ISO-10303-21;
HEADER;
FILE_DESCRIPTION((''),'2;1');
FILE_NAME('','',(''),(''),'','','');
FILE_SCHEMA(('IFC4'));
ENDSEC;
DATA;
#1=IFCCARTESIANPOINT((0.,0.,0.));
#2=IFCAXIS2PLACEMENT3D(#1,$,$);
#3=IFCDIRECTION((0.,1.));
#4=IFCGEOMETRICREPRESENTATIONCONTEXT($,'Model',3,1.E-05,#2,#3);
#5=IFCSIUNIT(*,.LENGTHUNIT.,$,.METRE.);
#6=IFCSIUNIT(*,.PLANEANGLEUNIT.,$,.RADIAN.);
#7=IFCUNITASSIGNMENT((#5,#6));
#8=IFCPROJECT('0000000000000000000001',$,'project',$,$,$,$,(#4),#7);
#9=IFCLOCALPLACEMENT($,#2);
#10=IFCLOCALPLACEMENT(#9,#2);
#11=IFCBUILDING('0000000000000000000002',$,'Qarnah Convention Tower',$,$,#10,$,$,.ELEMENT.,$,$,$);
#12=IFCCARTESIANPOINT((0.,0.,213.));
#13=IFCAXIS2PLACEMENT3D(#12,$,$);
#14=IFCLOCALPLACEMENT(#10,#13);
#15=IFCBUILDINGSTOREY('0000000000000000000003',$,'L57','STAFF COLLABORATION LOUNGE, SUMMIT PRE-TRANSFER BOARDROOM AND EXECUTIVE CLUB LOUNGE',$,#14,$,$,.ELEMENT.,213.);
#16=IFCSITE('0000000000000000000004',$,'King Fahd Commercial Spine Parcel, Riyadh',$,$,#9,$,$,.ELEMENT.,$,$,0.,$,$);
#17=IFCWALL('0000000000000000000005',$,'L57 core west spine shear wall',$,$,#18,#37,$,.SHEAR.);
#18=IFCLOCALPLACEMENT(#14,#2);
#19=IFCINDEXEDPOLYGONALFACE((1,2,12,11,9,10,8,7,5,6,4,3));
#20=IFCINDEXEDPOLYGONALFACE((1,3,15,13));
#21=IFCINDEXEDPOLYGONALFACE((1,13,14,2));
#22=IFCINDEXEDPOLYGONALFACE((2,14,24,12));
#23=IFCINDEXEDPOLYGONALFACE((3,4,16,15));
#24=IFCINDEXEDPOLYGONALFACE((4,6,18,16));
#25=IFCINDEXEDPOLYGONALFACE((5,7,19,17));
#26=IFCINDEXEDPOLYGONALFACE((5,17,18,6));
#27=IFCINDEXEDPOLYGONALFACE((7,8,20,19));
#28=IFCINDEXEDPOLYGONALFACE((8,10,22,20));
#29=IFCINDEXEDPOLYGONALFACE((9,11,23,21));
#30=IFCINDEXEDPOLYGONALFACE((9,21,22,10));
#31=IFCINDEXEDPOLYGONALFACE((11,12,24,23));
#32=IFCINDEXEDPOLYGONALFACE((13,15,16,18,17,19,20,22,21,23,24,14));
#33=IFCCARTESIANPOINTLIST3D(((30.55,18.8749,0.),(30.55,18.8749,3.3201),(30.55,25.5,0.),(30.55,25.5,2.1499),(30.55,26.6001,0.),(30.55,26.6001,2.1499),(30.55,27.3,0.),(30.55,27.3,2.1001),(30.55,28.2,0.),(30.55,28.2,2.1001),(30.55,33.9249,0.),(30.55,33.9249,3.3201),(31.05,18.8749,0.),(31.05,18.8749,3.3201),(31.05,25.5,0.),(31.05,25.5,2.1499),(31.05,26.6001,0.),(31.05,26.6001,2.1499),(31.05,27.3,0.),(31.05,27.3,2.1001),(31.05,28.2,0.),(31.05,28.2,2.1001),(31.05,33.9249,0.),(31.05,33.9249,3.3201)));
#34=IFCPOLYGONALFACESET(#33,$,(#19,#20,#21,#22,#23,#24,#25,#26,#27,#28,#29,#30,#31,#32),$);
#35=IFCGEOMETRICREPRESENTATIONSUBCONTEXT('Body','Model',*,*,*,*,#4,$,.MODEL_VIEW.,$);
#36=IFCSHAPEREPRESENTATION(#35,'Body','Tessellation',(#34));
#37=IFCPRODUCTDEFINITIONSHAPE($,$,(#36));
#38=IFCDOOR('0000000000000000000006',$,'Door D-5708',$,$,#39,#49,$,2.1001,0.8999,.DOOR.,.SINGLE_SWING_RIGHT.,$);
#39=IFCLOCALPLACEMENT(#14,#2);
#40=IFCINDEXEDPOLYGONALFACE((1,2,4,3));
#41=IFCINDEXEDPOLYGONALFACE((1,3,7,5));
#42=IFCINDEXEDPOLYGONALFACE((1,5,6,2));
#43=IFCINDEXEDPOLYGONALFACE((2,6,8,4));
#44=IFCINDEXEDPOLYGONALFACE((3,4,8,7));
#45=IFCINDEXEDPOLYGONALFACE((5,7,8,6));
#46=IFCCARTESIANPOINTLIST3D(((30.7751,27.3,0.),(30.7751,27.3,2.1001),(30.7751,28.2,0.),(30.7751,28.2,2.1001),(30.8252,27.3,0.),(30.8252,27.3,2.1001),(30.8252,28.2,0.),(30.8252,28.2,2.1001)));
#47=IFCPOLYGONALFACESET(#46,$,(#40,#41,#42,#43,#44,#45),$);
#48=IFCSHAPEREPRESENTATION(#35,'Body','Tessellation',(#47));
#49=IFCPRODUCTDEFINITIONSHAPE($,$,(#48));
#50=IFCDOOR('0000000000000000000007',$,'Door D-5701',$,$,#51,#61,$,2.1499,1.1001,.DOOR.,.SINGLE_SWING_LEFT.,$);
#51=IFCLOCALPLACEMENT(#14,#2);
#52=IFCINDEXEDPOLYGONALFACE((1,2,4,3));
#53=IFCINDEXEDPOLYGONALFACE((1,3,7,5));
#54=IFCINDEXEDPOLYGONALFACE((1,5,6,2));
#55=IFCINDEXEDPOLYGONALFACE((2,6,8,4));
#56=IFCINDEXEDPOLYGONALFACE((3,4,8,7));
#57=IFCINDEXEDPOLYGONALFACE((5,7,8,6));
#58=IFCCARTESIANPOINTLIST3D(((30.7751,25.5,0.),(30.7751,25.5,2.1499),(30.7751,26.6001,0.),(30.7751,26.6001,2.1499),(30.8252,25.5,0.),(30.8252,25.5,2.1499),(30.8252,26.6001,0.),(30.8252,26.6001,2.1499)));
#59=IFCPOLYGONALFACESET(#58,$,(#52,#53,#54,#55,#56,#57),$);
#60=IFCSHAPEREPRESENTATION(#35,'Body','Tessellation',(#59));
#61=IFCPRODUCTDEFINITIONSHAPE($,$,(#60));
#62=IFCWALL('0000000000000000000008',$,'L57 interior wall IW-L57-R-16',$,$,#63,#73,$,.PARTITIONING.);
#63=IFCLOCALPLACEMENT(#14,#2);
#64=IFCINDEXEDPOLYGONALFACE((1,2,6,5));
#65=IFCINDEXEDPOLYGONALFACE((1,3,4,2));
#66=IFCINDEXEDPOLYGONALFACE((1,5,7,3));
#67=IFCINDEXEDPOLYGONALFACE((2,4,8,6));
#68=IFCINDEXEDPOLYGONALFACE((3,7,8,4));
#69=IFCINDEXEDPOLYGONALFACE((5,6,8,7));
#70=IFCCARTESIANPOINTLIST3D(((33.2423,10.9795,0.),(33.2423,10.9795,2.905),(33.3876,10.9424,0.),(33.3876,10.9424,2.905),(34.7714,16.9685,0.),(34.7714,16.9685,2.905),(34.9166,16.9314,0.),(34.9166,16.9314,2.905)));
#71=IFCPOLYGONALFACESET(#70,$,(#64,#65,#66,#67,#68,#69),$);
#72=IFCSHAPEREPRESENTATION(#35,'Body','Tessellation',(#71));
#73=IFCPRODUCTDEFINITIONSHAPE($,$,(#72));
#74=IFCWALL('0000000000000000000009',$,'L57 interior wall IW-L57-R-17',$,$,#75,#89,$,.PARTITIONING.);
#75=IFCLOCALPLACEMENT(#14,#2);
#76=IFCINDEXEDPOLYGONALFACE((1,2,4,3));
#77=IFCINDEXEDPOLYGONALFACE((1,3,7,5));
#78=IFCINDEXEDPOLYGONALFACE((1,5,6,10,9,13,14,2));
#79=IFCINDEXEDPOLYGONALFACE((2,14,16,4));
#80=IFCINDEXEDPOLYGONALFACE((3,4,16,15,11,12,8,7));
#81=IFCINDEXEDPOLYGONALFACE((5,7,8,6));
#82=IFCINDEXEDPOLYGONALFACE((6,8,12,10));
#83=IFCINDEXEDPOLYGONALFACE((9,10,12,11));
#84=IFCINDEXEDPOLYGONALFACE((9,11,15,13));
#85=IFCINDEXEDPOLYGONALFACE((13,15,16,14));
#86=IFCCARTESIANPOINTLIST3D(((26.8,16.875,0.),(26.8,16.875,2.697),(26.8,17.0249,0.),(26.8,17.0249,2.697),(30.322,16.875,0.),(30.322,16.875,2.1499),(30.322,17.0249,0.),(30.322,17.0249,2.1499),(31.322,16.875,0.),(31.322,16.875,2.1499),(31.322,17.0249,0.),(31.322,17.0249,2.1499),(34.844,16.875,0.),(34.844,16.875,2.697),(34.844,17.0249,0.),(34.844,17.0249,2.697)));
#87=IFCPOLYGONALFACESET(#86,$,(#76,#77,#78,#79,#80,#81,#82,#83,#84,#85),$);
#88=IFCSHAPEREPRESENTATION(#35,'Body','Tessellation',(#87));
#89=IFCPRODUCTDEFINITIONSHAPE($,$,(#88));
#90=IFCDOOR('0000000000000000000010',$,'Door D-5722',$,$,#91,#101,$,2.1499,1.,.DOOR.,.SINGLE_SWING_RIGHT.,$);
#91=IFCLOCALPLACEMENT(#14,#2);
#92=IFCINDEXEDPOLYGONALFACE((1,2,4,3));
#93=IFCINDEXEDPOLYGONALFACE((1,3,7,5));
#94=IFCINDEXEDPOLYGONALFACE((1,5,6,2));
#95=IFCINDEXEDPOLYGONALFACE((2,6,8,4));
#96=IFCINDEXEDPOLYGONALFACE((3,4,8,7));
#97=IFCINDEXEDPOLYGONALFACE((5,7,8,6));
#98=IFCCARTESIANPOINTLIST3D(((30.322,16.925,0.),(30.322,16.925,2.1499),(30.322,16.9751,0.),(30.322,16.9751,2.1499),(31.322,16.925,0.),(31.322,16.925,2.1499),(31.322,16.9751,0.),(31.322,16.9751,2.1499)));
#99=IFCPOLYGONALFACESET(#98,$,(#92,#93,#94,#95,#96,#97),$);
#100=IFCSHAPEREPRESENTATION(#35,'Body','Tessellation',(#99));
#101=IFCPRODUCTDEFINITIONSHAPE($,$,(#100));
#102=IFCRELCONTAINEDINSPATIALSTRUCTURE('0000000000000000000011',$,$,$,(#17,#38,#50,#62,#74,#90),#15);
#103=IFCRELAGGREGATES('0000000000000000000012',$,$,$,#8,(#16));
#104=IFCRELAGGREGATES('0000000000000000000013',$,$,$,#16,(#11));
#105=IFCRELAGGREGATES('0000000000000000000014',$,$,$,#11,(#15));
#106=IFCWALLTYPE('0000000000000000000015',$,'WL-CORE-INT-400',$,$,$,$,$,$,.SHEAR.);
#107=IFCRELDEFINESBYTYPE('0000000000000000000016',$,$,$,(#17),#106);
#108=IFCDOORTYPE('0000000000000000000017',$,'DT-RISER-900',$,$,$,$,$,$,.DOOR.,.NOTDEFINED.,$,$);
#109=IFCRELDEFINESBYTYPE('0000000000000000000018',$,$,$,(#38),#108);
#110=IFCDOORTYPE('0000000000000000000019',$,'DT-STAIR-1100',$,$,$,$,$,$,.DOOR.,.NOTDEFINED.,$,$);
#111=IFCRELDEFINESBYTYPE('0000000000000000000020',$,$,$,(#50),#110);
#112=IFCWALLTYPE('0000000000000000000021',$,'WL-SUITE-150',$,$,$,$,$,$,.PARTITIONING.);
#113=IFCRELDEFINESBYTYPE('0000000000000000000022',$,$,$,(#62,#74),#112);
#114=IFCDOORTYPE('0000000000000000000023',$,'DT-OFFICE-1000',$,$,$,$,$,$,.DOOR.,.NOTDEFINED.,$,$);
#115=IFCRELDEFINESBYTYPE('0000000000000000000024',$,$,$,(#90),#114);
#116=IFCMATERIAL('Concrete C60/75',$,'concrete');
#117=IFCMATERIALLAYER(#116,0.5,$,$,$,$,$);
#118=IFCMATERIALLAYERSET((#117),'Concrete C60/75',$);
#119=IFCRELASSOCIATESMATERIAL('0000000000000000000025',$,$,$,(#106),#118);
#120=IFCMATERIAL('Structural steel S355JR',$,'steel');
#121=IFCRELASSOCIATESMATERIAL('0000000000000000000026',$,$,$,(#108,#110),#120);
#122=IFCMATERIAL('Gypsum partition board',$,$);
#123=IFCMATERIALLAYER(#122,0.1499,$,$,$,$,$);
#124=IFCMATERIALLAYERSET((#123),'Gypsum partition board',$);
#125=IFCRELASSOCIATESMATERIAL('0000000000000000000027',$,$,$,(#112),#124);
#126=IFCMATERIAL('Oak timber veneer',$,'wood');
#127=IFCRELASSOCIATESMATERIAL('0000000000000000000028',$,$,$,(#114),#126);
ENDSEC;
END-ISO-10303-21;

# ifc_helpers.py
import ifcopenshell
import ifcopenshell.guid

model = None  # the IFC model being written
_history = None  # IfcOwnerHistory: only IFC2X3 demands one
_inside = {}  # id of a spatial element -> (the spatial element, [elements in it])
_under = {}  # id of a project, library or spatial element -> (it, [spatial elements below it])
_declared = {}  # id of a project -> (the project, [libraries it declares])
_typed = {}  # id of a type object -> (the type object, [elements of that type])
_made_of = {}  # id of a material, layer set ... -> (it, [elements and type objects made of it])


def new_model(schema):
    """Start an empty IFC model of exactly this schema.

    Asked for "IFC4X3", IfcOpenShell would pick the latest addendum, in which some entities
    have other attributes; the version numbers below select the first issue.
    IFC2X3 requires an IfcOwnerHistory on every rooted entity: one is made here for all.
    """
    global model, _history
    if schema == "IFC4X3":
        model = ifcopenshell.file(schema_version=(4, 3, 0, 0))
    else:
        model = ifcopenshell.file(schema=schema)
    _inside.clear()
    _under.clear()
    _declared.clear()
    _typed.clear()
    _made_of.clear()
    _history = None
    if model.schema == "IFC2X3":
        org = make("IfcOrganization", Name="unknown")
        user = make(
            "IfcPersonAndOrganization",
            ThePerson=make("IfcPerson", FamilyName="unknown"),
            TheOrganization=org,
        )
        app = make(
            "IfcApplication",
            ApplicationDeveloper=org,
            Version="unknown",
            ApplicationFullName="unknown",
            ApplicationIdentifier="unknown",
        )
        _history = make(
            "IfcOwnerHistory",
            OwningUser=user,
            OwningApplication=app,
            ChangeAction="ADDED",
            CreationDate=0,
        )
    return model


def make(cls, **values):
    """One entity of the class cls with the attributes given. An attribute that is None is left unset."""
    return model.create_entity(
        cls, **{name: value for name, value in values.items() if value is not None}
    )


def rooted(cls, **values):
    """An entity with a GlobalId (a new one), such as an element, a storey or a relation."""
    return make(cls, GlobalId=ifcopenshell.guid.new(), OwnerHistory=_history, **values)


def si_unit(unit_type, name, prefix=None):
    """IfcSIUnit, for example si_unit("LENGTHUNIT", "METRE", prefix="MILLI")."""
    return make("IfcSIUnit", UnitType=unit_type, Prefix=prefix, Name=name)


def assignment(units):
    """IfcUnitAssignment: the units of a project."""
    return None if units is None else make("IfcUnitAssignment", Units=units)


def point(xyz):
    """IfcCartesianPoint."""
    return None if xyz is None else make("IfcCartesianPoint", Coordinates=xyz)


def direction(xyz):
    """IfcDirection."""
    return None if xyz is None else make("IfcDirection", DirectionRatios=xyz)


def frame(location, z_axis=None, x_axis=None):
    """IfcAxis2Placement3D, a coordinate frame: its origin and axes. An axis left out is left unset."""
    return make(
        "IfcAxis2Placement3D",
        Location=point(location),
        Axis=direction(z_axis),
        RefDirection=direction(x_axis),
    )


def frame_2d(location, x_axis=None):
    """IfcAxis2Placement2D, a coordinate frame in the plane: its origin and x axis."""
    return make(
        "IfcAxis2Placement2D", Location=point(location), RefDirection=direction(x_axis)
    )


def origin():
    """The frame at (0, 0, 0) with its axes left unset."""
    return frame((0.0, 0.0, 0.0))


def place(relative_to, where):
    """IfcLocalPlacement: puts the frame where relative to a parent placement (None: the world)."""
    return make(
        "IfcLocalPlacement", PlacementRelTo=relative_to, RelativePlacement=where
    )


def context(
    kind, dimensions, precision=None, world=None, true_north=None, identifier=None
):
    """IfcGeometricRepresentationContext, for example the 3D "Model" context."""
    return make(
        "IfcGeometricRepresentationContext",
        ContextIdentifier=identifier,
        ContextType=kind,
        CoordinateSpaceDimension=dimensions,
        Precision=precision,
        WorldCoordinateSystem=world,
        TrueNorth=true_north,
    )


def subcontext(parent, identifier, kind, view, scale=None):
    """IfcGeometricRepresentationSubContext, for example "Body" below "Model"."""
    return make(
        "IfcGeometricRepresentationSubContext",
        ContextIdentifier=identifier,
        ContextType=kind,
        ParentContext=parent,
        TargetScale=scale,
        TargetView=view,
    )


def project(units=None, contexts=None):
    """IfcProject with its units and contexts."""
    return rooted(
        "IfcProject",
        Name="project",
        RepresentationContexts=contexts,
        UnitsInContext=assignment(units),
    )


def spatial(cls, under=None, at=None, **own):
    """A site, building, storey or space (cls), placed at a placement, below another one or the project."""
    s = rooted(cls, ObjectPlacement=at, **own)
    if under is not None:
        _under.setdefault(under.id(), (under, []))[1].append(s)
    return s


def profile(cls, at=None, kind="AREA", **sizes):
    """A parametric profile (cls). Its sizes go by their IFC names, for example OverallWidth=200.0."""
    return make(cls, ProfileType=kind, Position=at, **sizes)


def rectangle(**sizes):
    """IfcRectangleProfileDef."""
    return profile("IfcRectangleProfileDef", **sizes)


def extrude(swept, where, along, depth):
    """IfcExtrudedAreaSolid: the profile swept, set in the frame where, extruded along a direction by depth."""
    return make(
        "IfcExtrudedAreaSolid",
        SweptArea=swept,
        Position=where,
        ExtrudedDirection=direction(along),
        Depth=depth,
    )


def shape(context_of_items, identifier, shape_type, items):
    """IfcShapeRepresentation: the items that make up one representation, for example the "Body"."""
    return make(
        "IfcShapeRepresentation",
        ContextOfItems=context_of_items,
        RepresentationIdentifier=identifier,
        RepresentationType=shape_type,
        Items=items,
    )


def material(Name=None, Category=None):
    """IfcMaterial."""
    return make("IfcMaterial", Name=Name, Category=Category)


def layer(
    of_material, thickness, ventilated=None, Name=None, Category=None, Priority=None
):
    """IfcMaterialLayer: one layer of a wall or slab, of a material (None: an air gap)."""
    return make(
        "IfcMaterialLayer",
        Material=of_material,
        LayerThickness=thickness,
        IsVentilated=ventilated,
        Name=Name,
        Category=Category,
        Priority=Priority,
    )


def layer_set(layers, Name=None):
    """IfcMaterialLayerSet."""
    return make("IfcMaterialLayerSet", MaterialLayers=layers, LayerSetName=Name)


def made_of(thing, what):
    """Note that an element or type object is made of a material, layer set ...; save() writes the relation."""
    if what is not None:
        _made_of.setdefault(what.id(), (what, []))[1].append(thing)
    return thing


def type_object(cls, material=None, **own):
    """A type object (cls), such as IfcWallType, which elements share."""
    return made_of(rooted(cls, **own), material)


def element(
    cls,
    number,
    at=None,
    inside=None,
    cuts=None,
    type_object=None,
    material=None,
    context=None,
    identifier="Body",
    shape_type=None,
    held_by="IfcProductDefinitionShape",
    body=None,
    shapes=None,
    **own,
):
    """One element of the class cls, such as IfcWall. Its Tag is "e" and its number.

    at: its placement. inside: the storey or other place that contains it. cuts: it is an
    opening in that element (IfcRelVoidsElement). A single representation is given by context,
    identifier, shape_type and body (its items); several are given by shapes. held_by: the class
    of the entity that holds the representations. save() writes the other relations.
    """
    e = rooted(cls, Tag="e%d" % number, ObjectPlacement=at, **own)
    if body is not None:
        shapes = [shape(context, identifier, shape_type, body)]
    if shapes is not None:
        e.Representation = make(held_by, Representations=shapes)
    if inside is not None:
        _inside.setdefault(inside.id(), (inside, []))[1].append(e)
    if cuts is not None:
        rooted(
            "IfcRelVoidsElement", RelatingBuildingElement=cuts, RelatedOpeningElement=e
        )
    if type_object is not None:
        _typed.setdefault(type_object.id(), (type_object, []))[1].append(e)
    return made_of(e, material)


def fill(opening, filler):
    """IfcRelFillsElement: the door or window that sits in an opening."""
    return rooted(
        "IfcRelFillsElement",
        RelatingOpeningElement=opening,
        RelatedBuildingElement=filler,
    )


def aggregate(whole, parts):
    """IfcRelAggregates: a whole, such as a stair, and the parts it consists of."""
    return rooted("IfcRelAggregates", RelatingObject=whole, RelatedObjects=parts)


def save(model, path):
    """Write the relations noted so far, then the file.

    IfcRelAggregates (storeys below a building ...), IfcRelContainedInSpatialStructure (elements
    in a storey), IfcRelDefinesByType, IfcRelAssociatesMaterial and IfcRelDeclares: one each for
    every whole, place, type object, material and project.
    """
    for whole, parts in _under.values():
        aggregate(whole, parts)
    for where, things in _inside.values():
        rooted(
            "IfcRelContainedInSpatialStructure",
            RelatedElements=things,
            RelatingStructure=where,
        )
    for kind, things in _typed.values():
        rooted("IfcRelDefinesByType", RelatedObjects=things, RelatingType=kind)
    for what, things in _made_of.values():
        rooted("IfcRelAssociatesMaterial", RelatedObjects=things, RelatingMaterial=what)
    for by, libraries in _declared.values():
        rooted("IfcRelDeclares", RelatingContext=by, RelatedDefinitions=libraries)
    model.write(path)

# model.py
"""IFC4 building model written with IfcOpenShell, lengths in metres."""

from ifc_helpers import new_model, si_unit, direction, frame, frame_2d, origin, place, context, subcontext, project, spatial, rectangle, extrude, material, layer, layer_set, type_object, element, fill, save


model = new_model("IFC4")

# Units and contexts
model_context = context("Model", 3, precision=1e-05, world=origin(), true_north=direction((0.0, 1.0)))
body_context = subcontext(model_context, "Body", "Model", "MODEL_VIEW")
ifc_project = project(units=[si_unit("LENGTHUNIT", "METRE"), si_unit("PLANEANGLEUNIT", "RADIAN")], contexts=[model_context])

# Site, building, storey
site_placement = place(None, origin())
site = spatial("IfcSite", under=ifc_project, at=site_placement, Name="King Fahd Commercial Spine Parcel, Riyadh", CompositionType="ELEMENT", RefElevation=0.0)
building_placement = place(site_placement, origin())
building = spatial("IfcBuilding", under=site, at=building_placement, Name="Qarnah Convention Tower", CompositionType="ELEMENT")
storey_placement = place(building_placement, frame((0.0, 0.0, 213.0)))
storey = spatial("IfcBuildingStorey", under=building, at=storey_placement, Name="L57", Description="STAFF COLLABORATION LOUNGE, SUMMIT PRE-TRANSFER BOARDROOM AND EXECUTIVE CLUB LOUNGE", CompositionType="ELEMENT", Elevation=213.0)

# Shared definitions
ifc_material_1 = material(Name="Structural steel S355JR", Category="steel")

# Wall, openings, doors
ifc_material_2 = material(Name="Concrete C60/75", Category="concrete")
ifc_layer_1 = layer(ifc_material_2, 0.5)
ifc_layer_set_1 = layer_set([ifc_layer_1], Name="Concrete C60/75")
wall_type_1 = type_object("IfcWallType", Name="WL-CORE-INT-400", PredefinedType="SHEAR", material=ifc_layer_set_1)
wall_1_placement = place(storey_placement, frame((30.8, 18.875, 0.0), z_axis=(0.0, 0.0, 1.0), x_axis=(0.0, 1.0, 0.0)))
wall_1 = element("IfcWall", 1, at=wall_1_placement, inside=storey, type_object=wall_type_1, Name="L57 core west spine shear wall", PredefinedType="SHEAR", context=body_context, shape_type="SweptSolid", body=[
    extrude(rectangle(XDim=15.05, YDim=0.5, at=frame_2d((7.5249, 0.0))), origin(), (0.0, 0.0, 1.0), 3.3201),
])
opening_1_placement = place(wall_1_placement, frame((6.625, 0.0, 0.0)))
opening_1 = element("IfcOpeningElement", 2, at=opening_1_placement, cuts=wall_1, PredefinedType="OPENING", context=body_context, shape_type="SweptSolid", body=[
    extrude(rectangle(XDim=1.1001, YDim=2.1499, at=frame_2d((0.55, 1.075))), frame((0.0, 0.26, 0.0), z_axis=(0.0, -1.0, 0.0), x_axis=(1.0, 0.0, 0.0)), (0.0, 0.0, 1.0), 0.52),
])
opening_2_placement = place(wall_1_placement, frame((8.425, 0.0, 0.0)))
opening_2 = element("IfcOpeningElement", 3, at=opening_2_placement, cuts=wall_1, PredefinedType="OPENING", context=body_context, shape_type="SweptSolid", body=[
    extrude(rectangle(XDim=0.8999, YDim=2.1001, at=frame_2d((0.45, 1.05))), frame((0.0, 0.26, 0.0), z_axis=(0.0, -1.0, 0.0), x_axis=(1.0, 0.0, 0.0)), (0.0, 0.0, 1.0), 0.52),
])
door_type_1 = type_object("IfcDoorType", Name="DT-RISER-900", OperationType="NOTDEFINED", PredefinedType="DOOR", material=ifc_material_1)
door_1_placement = place(opening_2_placement, origin())
door_1 = element("IfcDoor", 4, at=door_1_placement, inside=storey, type_object=door_type_1, Name="Door D-5708", OperationType="SINGLE_SWING_RIGHT", OverallHeight=2.1001, OverallWidth=0.8999, PredefinedType="DOOR", context=body_context, shape_type="SweptSolid", body=[
    extrude(rectangle(XDim=0.8999, YDim=2.1001, at=frame_2d((0.45, 1.05))), frame((0.0, 0.0249, 0.0), z_axis=(0.0, -1.0, 0.0), x_axis=(1.0, 0.0, 0.0)), (0.0, 0.0, 1.0), 0.05),
])
fill(opening_2, door_1)
door_type_2 = type_object("IfcDoorType", Name="DT-STAIR-1100", OperationType="NOTDEFINED", PredefinedType="DOOR", material=ifc_material_1)
door_2_placement = place(opening_1_placement, origin())
door_2 = element("IfcDoor", 5, at=door_2_placement, inside=storey, type_object=door_type_2, Name="Door D-5701", OperationType="SINGLE_SWING_LEFT", OverallHeight=2.1499, OverallWidth=1.1001, PredefinedType="DOOR", context=body_context, shape_type="SweptSolid", body=[
    extrude(rectangle(XDim=1.1001, YDim=2.1499, at=frame_2d((0.55, 1.075))), frame((0.0, 0.0249, 0.0), z_axis=(0.0, -1.0, 0.0), x_axis=(1.0, 0.0, 0.0)), (0.0, 0.0, 1.0), 0.05),
])
fill(opening_1, door_2)

# Wall
ifc_material_3 = material(Name="Gypsum partition board")
ifc_layer_2 = layer(ifc_material_3, 0.1499)
ifc_layer_set_2 = layer_set([ifc_layer_2], Name="Gypsum partition board")
wall_type_2 = type_object("IfcWallType", Name="WL-SUITE-150", PredefinedType="PARTITIONING", material=ifc_layer_set_2)
wall_2_placement = place(storey_placement, frame((33.3149, 10.9609, 0.0), z_axis=(0.0, 0.0, 1.0), x_axis=(0.247375, 0.96892, 0.0)))
element("IfcWall", 6, at=wall_2_placement, inside=storey, type_object=wall_type_2, Name="L57 interior wall IW-L57-R-16", PredefinedType="PARTITIONING", context=body_context, shape_type="SweptSolid", body=[
    extrude(rectangle(XDim=6.1812, YDim=0.1499, at=frame_2d((3.0906, 0.0))), origin(), (0.0, 0.0, 1.0), 2.905),
])

# Wall, opening, door
wall_3_placement = place(storey_placement, frame((34.844, 16.95, 0.0), z_axis=(0.0, 0.0, 1.0), x_axis=(-1.0, 0.0, 0.0)))
wall_3 = element("IfcWall", 7, at=wall_3_placement, inside=storey, type_object=wall_type_2, Name="L57 interior wall IW-L57-R-17", PredefinedType="PARTITIONING", context=body_context, shape_type="SweptSolid", body=[
    extrude(rectangle(XDim=8.0439, YDim=0.1499, at=frame_2d((4.022, 0.0))), origin(), (0.0, 0.0, 1.0), 2.697),
])
opening_3_placement = place(wall_3_placement, frame((3.522, 0.0, 0.0)))
opening_3 = element("IfcOpeningElement", 8, at=opening_3_placement, cuts=wall_3, PredefinedType="OPENING", context=body_context, shape_type="SweptSolid", body=[
    extrude(rectangle(XDim=1.0, YDim=2.1499, at=frame_2d((0.5, 1.075))), frame((0.0, 0.085, 0.0), z_axis=(0.0, -1.0, 0.0), x_axis=(1.0, 0.0, 0.0)), (0.0, 0.0, 1.0), 0.1699),
])
ifc_material_4 = material(Name="Oak timber veneer", Category="wood")
door_type_3 = type_object("IfcDoorType", Name="DT-OFFICE-1000", OperationType="NOTDEFINED", PredefinedType="DOOR", material=ifc_material_4)
door_3_placement = place(opening_3_placement, origin())
door_3 = element("IfcDoor", 9, at=door_3_placement, inside=storey, type_object=door_type_3, Name="Door D-5722", OperationType="SINGLE_SWING_RIGHT", OverallHeight=2.1499, OverallWidth=1.0, PredefinedType="DOOR", context=body_context, shape_type="SweptSolid", body=[
    extrude(rectangle(XDim=1.0, YDim=2.1499, at=frame_2d((0.5, 1.075))), frame((0.0, 0.0249, 0.0), z_axis=(0.0, -1.0, 0.0), x_axis=(1.0, 0.0, 0.0)), (0.0, 0.0, 1.0), 0.05),
])
fill(opening_3, door_3)

save(model, "model.ifc")
